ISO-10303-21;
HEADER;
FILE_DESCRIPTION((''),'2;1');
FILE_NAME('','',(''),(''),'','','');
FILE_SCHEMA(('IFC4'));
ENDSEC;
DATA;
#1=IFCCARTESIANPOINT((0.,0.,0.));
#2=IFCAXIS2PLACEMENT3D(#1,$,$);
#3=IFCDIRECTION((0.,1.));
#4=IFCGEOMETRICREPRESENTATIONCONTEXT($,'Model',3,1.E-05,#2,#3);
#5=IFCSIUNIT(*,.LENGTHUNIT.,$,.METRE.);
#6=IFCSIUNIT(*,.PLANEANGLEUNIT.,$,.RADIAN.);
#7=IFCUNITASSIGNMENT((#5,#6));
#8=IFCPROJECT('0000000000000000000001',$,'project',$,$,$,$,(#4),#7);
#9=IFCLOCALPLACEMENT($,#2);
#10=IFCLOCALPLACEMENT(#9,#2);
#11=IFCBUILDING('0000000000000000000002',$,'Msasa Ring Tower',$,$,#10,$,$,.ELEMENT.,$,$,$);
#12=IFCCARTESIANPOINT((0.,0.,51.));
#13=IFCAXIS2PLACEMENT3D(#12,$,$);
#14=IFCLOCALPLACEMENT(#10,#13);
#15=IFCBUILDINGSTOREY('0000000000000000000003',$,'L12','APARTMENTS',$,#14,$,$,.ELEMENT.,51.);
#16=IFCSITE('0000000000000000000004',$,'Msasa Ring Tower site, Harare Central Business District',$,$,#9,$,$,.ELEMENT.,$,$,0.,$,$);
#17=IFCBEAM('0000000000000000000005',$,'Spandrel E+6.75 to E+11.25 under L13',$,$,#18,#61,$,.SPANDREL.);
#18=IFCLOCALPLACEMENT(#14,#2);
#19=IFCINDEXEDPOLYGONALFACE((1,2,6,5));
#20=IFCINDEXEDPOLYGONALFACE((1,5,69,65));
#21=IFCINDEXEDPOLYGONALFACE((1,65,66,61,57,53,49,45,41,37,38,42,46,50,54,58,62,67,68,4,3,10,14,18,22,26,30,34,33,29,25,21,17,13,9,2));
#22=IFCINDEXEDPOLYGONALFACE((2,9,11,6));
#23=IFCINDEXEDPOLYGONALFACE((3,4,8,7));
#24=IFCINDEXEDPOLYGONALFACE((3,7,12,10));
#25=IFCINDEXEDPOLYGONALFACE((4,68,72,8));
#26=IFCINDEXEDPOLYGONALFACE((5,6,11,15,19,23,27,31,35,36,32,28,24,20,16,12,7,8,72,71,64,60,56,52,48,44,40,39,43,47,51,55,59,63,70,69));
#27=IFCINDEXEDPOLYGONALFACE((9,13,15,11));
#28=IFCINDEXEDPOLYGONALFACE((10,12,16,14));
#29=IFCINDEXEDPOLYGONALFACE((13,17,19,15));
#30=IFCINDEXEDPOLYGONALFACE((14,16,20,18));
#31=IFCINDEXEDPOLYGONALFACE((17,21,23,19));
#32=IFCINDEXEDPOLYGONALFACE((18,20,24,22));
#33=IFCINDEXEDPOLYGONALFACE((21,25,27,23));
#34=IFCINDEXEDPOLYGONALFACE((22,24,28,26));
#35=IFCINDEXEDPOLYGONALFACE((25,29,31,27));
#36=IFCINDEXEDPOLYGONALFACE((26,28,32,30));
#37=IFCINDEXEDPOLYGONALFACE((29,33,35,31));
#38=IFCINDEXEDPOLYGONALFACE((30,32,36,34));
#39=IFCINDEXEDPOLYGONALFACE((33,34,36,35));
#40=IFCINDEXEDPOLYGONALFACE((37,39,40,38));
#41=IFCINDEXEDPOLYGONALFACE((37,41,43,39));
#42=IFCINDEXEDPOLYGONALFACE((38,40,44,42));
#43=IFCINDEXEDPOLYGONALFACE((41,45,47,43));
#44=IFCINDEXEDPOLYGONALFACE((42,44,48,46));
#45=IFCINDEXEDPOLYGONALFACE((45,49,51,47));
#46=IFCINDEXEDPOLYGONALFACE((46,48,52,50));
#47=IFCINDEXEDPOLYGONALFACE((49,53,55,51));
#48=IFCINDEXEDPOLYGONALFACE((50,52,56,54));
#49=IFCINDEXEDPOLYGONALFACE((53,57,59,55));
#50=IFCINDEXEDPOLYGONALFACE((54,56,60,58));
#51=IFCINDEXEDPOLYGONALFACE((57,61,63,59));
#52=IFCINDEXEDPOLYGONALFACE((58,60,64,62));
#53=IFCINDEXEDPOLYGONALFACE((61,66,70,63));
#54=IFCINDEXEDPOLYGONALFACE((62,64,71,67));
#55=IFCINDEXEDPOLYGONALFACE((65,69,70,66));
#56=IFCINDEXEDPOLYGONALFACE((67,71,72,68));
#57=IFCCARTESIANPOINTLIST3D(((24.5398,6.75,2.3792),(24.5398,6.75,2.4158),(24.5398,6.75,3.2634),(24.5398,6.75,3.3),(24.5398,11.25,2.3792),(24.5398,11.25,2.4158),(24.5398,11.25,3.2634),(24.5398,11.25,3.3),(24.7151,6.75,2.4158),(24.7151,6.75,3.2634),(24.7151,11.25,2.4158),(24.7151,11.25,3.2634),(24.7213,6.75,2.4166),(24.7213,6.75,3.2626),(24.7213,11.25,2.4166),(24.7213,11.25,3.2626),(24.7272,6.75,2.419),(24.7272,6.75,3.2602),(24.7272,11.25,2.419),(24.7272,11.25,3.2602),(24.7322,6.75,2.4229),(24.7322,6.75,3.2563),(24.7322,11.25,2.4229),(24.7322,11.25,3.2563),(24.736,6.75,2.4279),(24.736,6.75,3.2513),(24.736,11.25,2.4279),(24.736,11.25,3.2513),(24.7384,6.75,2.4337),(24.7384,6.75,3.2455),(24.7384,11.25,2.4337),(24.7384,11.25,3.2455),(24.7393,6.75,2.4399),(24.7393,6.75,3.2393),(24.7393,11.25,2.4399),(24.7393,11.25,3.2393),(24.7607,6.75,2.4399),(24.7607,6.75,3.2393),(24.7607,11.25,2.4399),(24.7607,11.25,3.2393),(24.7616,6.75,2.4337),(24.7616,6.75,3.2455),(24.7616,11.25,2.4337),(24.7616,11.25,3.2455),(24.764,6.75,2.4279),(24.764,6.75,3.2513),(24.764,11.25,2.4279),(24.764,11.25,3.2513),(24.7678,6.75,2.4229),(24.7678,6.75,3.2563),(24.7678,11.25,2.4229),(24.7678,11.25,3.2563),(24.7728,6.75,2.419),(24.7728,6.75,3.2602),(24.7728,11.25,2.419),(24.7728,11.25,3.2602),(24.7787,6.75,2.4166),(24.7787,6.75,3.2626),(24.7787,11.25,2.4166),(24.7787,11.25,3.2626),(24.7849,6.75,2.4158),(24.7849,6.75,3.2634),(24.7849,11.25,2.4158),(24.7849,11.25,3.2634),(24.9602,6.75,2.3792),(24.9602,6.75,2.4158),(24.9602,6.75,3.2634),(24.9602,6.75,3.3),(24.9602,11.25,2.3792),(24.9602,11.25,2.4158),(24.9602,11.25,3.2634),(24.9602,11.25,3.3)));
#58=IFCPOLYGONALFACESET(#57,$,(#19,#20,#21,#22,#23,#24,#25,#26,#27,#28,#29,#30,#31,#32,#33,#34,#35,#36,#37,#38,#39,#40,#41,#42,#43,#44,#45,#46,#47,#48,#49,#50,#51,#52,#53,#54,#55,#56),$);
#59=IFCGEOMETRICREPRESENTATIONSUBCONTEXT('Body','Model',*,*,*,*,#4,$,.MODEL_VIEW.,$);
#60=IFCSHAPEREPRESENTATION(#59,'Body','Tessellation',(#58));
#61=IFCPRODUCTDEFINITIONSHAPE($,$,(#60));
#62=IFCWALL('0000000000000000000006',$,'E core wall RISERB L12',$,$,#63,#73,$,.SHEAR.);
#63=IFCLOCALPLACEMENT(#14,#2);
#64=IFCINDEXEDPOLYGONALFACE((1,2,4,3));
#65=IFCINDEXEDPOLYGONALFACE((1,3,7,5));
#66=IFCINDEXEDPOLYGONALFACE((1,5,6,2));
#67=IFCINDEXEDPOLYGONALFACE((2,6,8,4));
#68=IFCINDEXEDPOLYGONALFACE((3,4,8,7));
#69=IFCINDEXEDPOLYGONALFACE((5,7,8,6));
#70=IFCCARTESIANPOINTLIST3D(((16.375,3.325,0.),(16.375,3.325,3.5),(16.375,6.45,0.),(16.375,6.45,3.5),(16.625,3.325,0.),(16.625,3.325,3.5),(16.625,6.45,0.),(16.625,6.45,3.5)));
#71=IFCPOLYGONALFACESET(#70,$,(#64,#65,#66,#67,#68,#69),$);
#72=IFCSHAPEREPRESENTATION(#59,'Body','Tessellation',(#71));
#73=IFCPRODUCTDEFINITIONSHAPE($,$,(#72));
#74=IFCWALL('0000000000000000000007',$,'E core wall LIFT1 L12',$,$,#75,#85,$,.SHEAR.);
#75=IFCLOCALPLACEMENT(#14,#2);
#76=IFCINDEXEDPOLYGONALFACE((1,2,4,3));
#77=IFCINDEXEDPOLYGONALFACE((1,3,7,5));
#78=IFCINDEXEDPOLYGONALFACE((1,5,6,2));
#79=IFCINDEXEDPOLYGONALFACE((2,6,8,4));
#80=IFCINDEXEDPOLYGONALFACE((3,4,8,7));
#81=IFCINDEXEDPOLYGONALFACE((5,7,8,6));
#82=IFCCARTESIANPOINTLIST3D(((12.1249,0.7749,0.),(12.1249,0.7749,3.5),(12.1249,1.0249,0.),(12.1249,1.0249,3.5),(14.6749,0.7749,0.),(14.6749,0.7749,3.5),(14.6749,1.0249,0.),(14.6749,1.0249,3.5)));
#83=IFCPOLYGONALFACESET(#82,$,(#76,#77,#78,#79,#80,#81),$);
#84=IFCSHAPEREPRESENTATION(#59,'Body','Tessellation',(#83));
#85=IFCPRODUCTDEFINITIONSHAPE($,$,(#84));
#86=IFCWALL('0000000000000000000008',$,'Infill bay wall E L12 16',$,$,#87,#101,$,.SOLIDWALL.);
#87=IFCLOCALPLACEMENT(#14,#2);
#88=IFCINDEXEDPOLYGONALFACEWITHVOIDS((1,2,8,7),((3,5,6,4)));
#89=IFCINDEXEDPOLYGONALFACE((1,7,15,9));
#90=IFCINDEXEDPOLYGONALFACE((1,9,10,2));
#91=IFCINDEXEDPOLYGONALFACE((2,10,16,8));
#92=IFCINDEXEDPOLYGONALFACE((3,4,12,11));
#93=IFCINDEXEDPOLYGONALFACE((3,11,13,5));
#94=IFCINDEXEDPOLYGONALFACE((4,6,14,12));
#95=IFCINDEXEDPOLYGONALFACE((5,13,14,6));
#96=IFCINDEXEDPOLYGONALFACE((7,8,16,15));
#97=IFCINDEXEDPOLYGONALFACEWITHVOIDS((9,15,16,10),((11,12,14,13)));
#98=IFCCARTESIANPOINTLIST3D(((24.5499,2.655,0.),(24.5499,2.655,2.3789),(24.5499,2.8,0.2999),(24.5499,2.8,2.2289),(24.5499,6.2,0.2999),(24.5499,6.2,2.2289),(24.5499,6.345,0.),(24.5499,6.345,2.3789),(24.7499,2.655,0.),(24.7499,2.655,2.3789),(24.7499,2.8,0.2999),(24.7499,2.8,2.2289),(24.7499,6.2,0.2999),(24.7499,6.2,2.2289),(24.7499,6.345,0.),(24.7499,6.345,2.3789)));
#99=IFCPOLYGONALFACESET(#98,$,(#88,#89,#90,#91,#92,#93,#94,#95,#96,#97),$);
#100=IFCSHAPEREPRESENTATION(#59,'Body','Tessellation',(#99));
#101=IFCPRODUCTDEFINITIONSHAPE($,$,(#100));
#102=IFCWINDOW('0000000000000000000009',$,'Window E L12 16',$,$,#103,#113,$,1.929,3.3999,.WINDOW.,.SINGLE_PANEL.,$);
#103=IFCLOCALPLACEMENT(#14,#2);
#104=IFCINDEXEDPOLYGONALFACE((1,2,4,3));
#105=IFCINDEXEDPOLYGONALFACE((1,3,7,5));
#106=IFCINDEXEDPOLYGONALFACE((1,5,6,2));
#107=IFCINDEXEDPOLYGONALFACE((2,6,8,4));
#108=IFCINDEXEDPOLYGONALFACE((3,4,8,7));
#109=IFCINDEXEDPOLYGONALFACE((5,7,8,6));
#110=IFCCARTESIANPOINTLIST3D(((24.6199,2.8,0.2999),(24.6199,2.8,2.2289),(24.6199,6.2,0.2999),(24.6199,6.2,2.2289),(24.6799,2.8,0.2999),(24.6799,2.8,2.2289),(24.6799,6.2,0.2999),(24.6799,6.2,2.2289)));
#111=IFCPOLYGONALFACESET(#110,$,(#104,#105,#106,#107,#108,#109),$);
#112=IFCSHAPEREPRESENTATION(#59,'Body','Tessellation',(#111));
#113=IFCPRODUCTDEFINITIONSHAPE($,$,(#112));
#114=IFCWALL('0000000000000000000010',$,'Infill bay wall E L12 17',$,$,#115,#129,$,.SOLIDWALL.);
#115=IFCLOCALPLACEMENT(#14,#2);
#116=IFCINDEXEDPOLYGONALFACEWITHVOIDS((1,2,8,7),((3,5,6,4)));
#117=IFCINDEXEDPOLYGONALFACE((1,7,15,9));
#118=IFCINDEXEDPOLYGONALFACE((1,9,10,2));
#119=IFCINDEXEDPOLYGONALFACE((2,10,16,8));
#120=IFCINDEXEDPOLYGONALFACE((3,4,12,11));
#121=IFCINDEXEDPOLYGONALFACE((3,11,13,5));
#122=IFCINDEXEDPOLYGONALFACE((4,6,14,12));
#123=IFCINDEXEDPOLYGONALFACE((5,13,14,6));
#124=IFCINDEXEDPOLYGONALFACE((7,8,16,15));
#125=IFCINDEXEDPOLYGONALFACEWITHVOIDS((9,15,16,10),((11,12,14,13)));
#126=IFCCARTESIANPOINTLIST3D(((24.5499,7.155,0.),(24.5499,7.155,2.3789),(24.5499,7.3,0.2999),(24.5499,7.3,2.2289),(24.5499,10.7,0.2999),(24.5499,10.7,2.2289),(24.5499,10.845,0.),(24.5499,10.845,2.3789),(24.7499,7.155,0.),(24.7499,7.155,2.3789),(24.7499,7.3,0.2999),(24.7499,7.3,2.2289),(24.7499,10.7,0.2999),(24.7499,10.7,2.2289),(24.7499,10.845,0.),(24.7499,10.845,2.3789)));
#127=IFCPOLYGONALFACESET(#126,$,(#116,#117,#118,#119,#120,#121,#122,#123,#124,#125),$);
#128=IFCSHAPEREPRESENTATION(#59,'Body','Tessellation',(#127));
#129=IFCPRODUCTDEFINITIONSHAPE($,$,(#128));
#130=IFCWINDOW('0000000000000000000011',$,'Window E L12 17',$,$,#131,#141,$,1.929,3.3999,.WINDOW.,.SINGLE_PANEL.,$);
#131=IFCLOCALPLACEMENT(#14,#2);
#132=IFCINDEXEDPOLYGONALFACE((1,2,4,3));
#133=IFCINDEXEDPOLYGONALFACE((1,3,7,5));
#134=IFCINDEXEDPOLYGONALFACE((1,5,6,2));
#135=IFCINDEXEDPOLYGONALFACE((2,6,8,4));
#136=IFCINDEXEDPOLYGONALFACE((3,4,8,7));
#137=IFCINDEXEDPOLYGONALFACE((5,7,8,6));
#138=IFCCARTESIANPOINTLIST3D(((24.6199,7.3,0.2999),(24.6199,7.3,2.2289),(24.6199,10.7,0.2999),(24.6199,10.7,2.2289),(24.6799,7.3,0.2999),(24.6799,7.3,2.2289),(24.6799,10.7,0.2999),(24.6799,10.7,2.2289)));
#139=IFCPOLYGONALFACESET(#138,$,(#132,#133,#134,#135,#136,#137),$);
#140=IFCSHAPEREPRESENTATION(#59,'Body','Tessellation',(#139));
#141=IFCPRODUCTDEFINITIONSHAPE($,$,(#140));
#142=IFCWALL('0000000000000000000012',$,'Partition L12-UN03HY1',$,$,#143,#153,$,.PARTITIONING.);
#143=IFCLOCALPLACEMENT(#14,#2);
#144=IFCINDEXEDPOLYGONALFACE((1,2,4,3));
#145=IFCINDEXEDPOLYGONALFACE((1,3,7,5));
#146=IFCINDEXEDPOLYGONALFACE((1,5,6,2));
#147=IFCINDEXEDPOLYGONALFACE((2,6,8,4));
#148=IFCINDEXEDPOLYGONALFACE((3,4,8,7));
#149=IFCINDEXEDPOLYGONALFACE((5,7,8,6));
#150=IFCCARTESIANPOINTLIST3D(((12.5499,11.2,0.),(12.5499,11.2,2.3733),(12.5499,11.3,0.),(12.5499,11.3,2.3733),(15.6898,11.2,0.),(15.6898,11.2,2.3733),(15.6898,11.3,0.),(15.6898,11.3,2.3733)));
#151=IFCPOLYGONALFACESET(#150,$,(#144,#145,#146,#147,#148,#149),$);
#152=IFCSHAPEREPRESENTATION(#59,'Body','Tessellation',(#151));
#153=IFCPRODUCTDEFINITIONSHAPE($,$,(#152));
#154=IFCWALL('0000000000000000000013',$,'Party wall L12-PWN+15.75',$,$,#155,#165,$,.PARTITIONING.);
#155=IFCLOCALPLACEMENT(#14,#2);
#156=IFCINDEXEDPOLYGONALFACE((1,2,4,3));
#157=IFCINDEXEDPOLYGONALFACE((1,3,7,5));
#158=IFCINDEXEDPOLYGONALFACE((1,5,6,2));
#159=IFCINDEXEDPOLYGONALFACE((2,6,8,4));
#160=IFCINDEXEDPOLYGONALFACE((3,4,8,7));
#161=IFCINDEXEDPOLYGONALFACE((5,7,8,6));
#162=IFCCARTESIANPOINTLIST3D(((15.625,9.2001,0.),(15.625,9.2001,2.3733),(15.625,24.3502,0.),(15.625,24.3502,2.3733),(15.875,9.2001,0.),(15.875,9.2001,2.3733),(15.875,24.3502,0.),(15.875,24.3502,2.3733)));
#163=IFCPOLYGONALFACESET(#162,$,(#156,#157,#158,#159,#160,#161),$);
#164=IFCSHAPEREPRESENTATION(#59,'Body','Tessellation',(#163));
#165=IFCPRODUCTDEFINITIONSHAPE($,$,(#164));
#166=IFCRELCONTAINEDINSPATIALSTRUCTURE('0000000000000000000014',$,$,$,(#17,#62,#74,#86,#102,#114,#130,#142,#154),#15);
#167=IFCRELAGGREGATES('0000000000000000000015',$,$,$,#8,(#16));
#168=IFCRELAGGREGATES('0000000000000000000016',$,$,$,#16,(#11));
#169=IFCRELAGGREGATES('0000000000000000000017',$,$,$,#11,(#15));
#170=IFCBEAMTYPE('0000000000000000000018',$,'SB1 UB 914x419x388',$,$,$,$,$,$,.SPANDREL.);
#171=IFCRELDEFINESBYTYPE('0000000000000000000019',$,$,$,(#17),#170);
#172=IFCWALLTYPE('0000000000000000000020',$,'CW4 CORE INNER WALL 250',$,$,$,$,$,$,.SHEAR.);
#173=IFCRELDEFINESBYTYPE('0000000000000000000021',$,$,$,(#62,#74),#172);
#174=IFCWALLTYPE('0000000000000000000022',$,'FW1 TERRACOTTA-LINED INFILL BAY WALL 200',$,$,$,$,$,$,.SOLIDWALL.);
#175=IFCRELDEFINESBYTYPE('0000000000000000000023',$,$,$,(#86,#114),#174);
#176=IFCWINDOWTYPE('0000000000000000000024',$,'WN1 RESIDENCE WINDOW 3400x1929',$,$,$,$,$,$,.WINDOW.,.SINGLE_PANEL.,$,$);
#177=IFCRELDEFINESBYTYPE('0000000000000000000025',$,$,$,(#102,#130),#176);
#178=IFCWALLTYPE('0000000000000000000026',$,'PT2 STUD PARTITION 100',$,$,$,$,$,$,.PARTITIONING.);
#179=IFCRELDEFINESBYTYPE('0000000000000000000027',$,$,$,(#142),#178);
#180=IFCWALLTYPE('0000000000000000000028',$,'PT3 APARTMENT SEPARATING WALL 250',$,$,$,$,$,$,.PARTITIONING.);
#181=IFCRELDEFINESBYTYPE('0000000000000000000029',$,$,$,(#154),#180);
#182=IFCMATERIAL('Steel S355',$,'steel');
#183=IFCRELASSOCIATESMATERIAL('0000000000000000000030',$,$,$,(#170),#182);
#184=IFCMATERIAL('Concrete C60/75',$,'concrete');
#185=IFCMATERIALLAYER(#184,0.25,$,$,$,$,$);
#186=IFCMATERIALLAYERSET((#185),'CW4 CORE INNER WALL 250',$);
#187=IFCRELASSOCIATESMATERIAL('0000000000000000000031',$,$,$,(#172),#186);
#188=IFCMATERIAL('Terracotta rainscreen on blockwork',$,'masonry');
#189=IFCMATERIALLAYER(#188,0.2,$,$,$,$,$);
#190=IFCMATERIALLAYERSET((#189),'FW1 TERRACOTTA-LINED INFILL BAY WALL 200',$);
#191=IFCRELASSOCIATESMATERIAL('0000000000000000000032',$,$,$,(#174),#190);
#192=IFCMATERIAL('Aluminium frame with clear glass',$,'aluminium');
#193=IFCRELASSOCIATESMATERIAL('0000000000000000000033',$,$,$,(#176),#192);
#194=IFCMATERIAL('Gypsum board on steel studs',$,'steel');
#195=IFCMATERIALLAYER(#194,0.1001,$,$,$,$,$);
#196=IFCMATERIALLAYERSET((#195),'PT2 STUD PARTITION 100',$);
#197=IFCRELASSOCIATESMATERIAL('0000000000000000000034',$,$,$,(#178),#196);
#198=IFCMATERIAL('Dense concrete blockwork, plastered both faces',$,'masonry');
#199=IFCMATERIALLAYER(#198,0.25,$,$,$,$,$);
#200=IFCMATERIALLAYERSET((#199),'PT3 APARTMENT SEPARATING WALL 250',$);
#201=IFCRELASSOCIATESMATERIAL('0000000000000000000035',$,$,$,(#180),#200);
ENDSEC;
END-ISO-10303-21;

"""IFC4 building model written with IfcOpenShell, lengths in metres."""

from ifc_helpers import new_model, si_unit, direction, frame, frame_2d, origin, origin_2d, place, context, subcontext, project, spatial, rectangle, i_section, extrude, material, layer, layer_set, material_profile, profile_set, type_object, element, fill, save


model = new_model("IFC4")

# Units and contexts
model_context = context("Model", 3, precision=1e-05, world=origin(), true_north=direction((0.0, 1.0)))
body_context = subcontext(model_context, "Body", "Model", "MODEL_VIEW")
ifc_project = project(units=[si_unit("LENGTHUNIT", "METRE"), si_unit("PLANEANGLEUNIT", "RADIAN")], contexts=[model_context])

# Site, building, storey
site_placement = place(None, origin())
site = spatial("IfcSite", under=ifc_project, at=site_placement, Name="Msasa Ring Tower site, Harare Central Business District", CompositionType="ELEMENT", RefElevation=0.0)
building_placement = place(site_placement, origin())
building = spatial("IfcBuilding", under=site, at=building_placement, Name="Msasa Ring Tower", CompositionType="ELEMENT")
storey_placement = place(building_placement, frame((0.0, 0.0, 51.0)))
storey = spatial("IfcBuildingStorey", under=building, at=storey_placement, Name="L12", Description="APARTMENTS", CompositionType="ELEMENT", Elevation=51.0)

# Beam
ifc_material_1 = material(Name="Steel S355", Category="steel")
ifc_material_profile_1 = material_profile(ifc_material_1, i_section(OverallWidth=0.4204, OverallDepth=0.9209, WebThickness=0.0215, FlangeThickness=0.0366, FilletRadius=0.0242, at=origin_2d()), Name="UB 914x419x388")
ifc_profile_set_1 = profile_set([ifc_material_profile_1], Name="Steel S355")
beam_type_1 = type_object("IfcBeamType", Name="SB1 UB 914x419x388", PredefinedType="SPANDREL", material=ifc_profile_set_1)
for number, where, z_axis, x_axis, name in (
    (1, (24.75, 6.75, 2.8396), (0.0, 1.0, 0.0), (-1.0, 0.0, 0.0), "Spandrel E+6.75 to E+11.25 under L13"),
):
    element("IfcBeam", number, at=place(storey_placement, frame(where, z_axis=z_axis, x_axis=x_axis)), inside=storey, type_object=beam_type_1, Name=name, PredefinedType="SPANDREL", context=body_context, shape_type="SweptSolid", body=[
        extrude(i_section(OverallWidth=0.4204, OverallDepth=0.9209, WebThickness=0.0215, FlangeThickness=0.0366, FilletRadius=0.0242, at=origin_2d()), origin(), (0.0, 0.0, 1.0), 4.5),
    ])

# Walls
ifc_material_2 = material(Name="Concrete C60/75", Category="concrete")
ifc_layer_1 = layer(ifc_material_2, 0.25)
ifc_layer_set_1 = layer_set([ifc_layer_1], Name="CW4 CORE INNER WALL 250")
wall_type_1 = type_object("IfcWallType", Name="CW4 CORE INNER WALL 250", PredefinedType="SHEAR", material=ifc_layer_set_1)
wall_1_placement = place(storey_placement, frame((16.5, 3.325, 0.0), z_axis=(0.0, 0.0, 1.0), x_axis=(0.0, 1.0, 0.0)))
element("IfcWall", 2, at=wall_1_placement, inside=storey, type_object=wall_type_1, Name="E core wall RISERB L12", PredefinedType="SHEAR", context=body_context, shape_type="SweptSolid", body=[
    extrude(rectangle(XDim=3.125, YDim=0.25, at=frame_2d((1.5625, 0.0))), origin(), (0.0, 0.0, 1.0), 3.5),
])
wall_2_placement = place(storey_placement, frame((12.125, 0.8999, 0.0), z_axis=(0.0, 0.0, 1.0), x_axis=(1.0, 0.0, 0.0)))
element("IfcWall", 3, at=wall_2_placement, inside=storey, type_object=wall_type_1, Name="E core wall LIFT1 L12", PredefinedType="SHEAR", context=body_context, shape_type="SweptSolid", body=[
    extrude(rectangle(XDim=2.55, YDim=0.25, at=frame_2d((1.2749, 0.0))), origin(), (0.0, 0.0, 1.0), 3.5),
])

# Walls, openings, windows
ifc_material_3 = material(Name="Terracotta rainscreen on blockwork", Category="masonry")
ifc_layer_2 = layer(ifc_material_3, 0.2)
ifc_layer_set_2 = layer_set([ifc_layer_2], Name="FW1 TERRACOTTA-LINED INFILL BAY WALL 200")
wall_type_2 = type_object("IfcWallType", Name="FW1 TERRACOTTA-LINED INFILL BAY WALL 200", PredefinedType="SOLIDWALL", material=ifc_layer_set_2)
wall_3_placement = place(storey_placement, frame((24.6499, 2.655, 0.0), z_axis=(0.0, 0.0, 1.0), x_axis=(0.0, 1.0, 0.0)))
wall_3 = element("IfcWall", 4, at=wall_3_placement, inside=storey, type_object=wall_type_2, Name="Infill bay wall E L12 16", PredefinedType="SOLIDWALL", context=body_context, shape_type="SweptSolid", body=[
    extrude(rectangle(XDim=3.6899, YDim=0.2, at=frame_2d((1.845, 0.0))), origin(), (0.0, 0.0, 1.0), 2.3789),
])
opening_1_placement = place(wall_3_placement, frame((0.145, 0.0, 0.3)))
opening_1 = element("IfcOpeningElement", 5, at=opening_1_placement, cuts=wall_3, PredefinedType="OPENING", context=body_context, shape_type="SweptSolid", body=[
    extrude(rectangle(XDim=3.3999, YDim=1.929, at=frame_2d((1.7, 0.9644))), frame((0.0, 0.1099, 0.0), z_axis=(0.0, -1.0, 0.0), x_axis=(1.0, 0.0, 0.0)), (0.0, 0.0, 1.0), 0.22),
])
ifc_material_4 = material(Name="Aluminium frame with clear glass", Category="aluminium")
window_type = type_object("IfcWindowType", Name="WN1 RESIDENCE WINDOW 3400x1929", PartitioningType="SINGLE_PANEL", PredefinedType="WINDOW", material=ifc_material_4)
window_1_placement = place(opening_1_placement, origin())
window_1 = element("IfcWindow", 6, at=window_1_placement, inside=storey, type_object=window_type, Name="Window E L12 16", OverallHeight=1.929, OverallWidth=3.3999, PartitioningType="SINGLE_PANEL", PredefinedType="WINDOW", context=body_context, shape_type="SweptSolid", body=[
    extrude(rectangle(XDim=3.3999, YDim=1.929, at=frame_2d((1.7, 0.9644))), frame((0.0, 0.03, 0.0), z_axis=(0.0, -1.0, 0.0), x_axis=(1.0, 0.0, 0.0)), (0.0, 0.0, 1.0), 0.0601),
])
fill(opening_1, window_1)
wall_4_placement = place(storey_placement, frame((24.6499, 7.155, 0.0), z_axis=(0.0, 0.0, 1.0), x_axis=(0.0, 1.0, 0.0)))
wall_4 = element("IfcWall", 7, at=wall_4_placement, inside=storey, type_object=wall_type_2, Name="Infill bay wall E L12 17", PredefinedType="SOLIDWALL", context=body_context, shape_type="SweptSolid", body=[
    extrude(rectangle(XDim=3.6899, YDim=0.2, at=frame_2d((1.845, 0.0))), origin(), (0.0, 0.0, 1.0), 2.3789),
])
opening_2_placement = place(wall_4_placement, frame((0.145, 0.0, 0.3)))
opening_2 = element("IfcOpeningElement", 8, at=opening_2_placement, cuts=wall_4, PredefinedType="OPENING", context=body_context, shape_type="SweptSolid", body=[
    extrude(rectangle(XDim=3.3999, YDim=1.929, at=frame_2d((1.7, 0.9644))), frame((0.0, 0.1099, 0.0), z_axis=(0.0, -1.0, 0.0), x_axis=(1.0, 0.0, 0.0)), (0.0, 0.0, 1.0), 0.22),
])
window_2_placement = place(opening_2_placement, origin())
window_2 = element("IfcWindow", 9, at=window_2_placement, inside=storey, type_object=window_type, Name="Window E L12 17", OverallHeight=1.929, OverallWidth=3.3999, PartitioningType="SINGLE_PANEL", PredefinedType="WINDOW", context=body_context, shape_type="SweptSolid", body=[
    extrude(rectangle(XDim=3.3999, YDim=1.929, at=frame_2d((1.7, 0.9644))), frame((0.0, 0.03, 0.0), z_axis=(0.0, -1.0, 0.0), x_axis=(1.0, 0.0, 0.0)), (0.0, 0.0, 1.0), 0.0601),
])
fill(opening_2, window_2)

# Walls
ifc_material_5 = material(Name="Gypsum board on steel studs", Category="steel")
ifc_layer_3 = layer(ifc_material_5, 0.1001)
ifc_layer_set_3 = layer_set([ifc_layer_3], Name="PT2 STUD PARTITION 100")
wall_type_3 = type_object("IfcWallType", Name="PT2 STUD PARTITION 100", PredefinedType="PARTITIONING", material=ifc_layer_set_3)
wall_5_placement = place(storey_placement, frame((12.55, 11.25, 0.0), z_axis=(0.0, 0.0, 1.0), x_axis=(1.0, 0.0, 0.0)))
element("IfcWall", 10, at=wall_5_placement, inside=storey, type_object=wall_type_3, Name="Partition L12-UN03HY1", PredefinedType="PARTITIONING", context=body_context, shape_type="SweptSolid", body=[
    extrude(rectangle(XDim=3.1399, YDim=0.1001, at=frame_2d((1.5698, 0.0))), origin(), (0.0, 0.0, 1.0), 2.3733),
])
ifc_material_6 = material(Name="Dense concrete blockwork, plastered both faces", Category="masonry")
ifc_layer_4 = layer(ifc_material_6, 0.25)
ifc_layer_set_4 = layer_set([ifc_layer_4], Name="PT3 APARTMENT SEPARATING WALL 250")
wall_type_4 = type_object("IfcWallType", Name="PT3 APARTMENT SEPARATING WALL 250", PredefinedType="PARTITIONING", material=ifc_layer_set_4)
wall_6_placement = place(storey_placement, frame((15.75, 9.2, 0.0), z_axis=(0.0, 0.0, 1.0), x_axis=(0.0, 1.0, 0.0)))
element("IfcWall", 11, at=wall_6_placement, inside=storey, type_object=wall_type_4, Name="Party wall L12-PWN+15.75", PredefinedType="PARTITIONING", context=body_context, shape_type="SweptSolid", body=[
    extrude(rectangle(XDim=15.1501, YDim=0.25, at=frame_2d((7.5752, 0.0))), origin(), (0.0, 0.0, 1.0), 2.3733),
])

save(model, "model.ifc")
